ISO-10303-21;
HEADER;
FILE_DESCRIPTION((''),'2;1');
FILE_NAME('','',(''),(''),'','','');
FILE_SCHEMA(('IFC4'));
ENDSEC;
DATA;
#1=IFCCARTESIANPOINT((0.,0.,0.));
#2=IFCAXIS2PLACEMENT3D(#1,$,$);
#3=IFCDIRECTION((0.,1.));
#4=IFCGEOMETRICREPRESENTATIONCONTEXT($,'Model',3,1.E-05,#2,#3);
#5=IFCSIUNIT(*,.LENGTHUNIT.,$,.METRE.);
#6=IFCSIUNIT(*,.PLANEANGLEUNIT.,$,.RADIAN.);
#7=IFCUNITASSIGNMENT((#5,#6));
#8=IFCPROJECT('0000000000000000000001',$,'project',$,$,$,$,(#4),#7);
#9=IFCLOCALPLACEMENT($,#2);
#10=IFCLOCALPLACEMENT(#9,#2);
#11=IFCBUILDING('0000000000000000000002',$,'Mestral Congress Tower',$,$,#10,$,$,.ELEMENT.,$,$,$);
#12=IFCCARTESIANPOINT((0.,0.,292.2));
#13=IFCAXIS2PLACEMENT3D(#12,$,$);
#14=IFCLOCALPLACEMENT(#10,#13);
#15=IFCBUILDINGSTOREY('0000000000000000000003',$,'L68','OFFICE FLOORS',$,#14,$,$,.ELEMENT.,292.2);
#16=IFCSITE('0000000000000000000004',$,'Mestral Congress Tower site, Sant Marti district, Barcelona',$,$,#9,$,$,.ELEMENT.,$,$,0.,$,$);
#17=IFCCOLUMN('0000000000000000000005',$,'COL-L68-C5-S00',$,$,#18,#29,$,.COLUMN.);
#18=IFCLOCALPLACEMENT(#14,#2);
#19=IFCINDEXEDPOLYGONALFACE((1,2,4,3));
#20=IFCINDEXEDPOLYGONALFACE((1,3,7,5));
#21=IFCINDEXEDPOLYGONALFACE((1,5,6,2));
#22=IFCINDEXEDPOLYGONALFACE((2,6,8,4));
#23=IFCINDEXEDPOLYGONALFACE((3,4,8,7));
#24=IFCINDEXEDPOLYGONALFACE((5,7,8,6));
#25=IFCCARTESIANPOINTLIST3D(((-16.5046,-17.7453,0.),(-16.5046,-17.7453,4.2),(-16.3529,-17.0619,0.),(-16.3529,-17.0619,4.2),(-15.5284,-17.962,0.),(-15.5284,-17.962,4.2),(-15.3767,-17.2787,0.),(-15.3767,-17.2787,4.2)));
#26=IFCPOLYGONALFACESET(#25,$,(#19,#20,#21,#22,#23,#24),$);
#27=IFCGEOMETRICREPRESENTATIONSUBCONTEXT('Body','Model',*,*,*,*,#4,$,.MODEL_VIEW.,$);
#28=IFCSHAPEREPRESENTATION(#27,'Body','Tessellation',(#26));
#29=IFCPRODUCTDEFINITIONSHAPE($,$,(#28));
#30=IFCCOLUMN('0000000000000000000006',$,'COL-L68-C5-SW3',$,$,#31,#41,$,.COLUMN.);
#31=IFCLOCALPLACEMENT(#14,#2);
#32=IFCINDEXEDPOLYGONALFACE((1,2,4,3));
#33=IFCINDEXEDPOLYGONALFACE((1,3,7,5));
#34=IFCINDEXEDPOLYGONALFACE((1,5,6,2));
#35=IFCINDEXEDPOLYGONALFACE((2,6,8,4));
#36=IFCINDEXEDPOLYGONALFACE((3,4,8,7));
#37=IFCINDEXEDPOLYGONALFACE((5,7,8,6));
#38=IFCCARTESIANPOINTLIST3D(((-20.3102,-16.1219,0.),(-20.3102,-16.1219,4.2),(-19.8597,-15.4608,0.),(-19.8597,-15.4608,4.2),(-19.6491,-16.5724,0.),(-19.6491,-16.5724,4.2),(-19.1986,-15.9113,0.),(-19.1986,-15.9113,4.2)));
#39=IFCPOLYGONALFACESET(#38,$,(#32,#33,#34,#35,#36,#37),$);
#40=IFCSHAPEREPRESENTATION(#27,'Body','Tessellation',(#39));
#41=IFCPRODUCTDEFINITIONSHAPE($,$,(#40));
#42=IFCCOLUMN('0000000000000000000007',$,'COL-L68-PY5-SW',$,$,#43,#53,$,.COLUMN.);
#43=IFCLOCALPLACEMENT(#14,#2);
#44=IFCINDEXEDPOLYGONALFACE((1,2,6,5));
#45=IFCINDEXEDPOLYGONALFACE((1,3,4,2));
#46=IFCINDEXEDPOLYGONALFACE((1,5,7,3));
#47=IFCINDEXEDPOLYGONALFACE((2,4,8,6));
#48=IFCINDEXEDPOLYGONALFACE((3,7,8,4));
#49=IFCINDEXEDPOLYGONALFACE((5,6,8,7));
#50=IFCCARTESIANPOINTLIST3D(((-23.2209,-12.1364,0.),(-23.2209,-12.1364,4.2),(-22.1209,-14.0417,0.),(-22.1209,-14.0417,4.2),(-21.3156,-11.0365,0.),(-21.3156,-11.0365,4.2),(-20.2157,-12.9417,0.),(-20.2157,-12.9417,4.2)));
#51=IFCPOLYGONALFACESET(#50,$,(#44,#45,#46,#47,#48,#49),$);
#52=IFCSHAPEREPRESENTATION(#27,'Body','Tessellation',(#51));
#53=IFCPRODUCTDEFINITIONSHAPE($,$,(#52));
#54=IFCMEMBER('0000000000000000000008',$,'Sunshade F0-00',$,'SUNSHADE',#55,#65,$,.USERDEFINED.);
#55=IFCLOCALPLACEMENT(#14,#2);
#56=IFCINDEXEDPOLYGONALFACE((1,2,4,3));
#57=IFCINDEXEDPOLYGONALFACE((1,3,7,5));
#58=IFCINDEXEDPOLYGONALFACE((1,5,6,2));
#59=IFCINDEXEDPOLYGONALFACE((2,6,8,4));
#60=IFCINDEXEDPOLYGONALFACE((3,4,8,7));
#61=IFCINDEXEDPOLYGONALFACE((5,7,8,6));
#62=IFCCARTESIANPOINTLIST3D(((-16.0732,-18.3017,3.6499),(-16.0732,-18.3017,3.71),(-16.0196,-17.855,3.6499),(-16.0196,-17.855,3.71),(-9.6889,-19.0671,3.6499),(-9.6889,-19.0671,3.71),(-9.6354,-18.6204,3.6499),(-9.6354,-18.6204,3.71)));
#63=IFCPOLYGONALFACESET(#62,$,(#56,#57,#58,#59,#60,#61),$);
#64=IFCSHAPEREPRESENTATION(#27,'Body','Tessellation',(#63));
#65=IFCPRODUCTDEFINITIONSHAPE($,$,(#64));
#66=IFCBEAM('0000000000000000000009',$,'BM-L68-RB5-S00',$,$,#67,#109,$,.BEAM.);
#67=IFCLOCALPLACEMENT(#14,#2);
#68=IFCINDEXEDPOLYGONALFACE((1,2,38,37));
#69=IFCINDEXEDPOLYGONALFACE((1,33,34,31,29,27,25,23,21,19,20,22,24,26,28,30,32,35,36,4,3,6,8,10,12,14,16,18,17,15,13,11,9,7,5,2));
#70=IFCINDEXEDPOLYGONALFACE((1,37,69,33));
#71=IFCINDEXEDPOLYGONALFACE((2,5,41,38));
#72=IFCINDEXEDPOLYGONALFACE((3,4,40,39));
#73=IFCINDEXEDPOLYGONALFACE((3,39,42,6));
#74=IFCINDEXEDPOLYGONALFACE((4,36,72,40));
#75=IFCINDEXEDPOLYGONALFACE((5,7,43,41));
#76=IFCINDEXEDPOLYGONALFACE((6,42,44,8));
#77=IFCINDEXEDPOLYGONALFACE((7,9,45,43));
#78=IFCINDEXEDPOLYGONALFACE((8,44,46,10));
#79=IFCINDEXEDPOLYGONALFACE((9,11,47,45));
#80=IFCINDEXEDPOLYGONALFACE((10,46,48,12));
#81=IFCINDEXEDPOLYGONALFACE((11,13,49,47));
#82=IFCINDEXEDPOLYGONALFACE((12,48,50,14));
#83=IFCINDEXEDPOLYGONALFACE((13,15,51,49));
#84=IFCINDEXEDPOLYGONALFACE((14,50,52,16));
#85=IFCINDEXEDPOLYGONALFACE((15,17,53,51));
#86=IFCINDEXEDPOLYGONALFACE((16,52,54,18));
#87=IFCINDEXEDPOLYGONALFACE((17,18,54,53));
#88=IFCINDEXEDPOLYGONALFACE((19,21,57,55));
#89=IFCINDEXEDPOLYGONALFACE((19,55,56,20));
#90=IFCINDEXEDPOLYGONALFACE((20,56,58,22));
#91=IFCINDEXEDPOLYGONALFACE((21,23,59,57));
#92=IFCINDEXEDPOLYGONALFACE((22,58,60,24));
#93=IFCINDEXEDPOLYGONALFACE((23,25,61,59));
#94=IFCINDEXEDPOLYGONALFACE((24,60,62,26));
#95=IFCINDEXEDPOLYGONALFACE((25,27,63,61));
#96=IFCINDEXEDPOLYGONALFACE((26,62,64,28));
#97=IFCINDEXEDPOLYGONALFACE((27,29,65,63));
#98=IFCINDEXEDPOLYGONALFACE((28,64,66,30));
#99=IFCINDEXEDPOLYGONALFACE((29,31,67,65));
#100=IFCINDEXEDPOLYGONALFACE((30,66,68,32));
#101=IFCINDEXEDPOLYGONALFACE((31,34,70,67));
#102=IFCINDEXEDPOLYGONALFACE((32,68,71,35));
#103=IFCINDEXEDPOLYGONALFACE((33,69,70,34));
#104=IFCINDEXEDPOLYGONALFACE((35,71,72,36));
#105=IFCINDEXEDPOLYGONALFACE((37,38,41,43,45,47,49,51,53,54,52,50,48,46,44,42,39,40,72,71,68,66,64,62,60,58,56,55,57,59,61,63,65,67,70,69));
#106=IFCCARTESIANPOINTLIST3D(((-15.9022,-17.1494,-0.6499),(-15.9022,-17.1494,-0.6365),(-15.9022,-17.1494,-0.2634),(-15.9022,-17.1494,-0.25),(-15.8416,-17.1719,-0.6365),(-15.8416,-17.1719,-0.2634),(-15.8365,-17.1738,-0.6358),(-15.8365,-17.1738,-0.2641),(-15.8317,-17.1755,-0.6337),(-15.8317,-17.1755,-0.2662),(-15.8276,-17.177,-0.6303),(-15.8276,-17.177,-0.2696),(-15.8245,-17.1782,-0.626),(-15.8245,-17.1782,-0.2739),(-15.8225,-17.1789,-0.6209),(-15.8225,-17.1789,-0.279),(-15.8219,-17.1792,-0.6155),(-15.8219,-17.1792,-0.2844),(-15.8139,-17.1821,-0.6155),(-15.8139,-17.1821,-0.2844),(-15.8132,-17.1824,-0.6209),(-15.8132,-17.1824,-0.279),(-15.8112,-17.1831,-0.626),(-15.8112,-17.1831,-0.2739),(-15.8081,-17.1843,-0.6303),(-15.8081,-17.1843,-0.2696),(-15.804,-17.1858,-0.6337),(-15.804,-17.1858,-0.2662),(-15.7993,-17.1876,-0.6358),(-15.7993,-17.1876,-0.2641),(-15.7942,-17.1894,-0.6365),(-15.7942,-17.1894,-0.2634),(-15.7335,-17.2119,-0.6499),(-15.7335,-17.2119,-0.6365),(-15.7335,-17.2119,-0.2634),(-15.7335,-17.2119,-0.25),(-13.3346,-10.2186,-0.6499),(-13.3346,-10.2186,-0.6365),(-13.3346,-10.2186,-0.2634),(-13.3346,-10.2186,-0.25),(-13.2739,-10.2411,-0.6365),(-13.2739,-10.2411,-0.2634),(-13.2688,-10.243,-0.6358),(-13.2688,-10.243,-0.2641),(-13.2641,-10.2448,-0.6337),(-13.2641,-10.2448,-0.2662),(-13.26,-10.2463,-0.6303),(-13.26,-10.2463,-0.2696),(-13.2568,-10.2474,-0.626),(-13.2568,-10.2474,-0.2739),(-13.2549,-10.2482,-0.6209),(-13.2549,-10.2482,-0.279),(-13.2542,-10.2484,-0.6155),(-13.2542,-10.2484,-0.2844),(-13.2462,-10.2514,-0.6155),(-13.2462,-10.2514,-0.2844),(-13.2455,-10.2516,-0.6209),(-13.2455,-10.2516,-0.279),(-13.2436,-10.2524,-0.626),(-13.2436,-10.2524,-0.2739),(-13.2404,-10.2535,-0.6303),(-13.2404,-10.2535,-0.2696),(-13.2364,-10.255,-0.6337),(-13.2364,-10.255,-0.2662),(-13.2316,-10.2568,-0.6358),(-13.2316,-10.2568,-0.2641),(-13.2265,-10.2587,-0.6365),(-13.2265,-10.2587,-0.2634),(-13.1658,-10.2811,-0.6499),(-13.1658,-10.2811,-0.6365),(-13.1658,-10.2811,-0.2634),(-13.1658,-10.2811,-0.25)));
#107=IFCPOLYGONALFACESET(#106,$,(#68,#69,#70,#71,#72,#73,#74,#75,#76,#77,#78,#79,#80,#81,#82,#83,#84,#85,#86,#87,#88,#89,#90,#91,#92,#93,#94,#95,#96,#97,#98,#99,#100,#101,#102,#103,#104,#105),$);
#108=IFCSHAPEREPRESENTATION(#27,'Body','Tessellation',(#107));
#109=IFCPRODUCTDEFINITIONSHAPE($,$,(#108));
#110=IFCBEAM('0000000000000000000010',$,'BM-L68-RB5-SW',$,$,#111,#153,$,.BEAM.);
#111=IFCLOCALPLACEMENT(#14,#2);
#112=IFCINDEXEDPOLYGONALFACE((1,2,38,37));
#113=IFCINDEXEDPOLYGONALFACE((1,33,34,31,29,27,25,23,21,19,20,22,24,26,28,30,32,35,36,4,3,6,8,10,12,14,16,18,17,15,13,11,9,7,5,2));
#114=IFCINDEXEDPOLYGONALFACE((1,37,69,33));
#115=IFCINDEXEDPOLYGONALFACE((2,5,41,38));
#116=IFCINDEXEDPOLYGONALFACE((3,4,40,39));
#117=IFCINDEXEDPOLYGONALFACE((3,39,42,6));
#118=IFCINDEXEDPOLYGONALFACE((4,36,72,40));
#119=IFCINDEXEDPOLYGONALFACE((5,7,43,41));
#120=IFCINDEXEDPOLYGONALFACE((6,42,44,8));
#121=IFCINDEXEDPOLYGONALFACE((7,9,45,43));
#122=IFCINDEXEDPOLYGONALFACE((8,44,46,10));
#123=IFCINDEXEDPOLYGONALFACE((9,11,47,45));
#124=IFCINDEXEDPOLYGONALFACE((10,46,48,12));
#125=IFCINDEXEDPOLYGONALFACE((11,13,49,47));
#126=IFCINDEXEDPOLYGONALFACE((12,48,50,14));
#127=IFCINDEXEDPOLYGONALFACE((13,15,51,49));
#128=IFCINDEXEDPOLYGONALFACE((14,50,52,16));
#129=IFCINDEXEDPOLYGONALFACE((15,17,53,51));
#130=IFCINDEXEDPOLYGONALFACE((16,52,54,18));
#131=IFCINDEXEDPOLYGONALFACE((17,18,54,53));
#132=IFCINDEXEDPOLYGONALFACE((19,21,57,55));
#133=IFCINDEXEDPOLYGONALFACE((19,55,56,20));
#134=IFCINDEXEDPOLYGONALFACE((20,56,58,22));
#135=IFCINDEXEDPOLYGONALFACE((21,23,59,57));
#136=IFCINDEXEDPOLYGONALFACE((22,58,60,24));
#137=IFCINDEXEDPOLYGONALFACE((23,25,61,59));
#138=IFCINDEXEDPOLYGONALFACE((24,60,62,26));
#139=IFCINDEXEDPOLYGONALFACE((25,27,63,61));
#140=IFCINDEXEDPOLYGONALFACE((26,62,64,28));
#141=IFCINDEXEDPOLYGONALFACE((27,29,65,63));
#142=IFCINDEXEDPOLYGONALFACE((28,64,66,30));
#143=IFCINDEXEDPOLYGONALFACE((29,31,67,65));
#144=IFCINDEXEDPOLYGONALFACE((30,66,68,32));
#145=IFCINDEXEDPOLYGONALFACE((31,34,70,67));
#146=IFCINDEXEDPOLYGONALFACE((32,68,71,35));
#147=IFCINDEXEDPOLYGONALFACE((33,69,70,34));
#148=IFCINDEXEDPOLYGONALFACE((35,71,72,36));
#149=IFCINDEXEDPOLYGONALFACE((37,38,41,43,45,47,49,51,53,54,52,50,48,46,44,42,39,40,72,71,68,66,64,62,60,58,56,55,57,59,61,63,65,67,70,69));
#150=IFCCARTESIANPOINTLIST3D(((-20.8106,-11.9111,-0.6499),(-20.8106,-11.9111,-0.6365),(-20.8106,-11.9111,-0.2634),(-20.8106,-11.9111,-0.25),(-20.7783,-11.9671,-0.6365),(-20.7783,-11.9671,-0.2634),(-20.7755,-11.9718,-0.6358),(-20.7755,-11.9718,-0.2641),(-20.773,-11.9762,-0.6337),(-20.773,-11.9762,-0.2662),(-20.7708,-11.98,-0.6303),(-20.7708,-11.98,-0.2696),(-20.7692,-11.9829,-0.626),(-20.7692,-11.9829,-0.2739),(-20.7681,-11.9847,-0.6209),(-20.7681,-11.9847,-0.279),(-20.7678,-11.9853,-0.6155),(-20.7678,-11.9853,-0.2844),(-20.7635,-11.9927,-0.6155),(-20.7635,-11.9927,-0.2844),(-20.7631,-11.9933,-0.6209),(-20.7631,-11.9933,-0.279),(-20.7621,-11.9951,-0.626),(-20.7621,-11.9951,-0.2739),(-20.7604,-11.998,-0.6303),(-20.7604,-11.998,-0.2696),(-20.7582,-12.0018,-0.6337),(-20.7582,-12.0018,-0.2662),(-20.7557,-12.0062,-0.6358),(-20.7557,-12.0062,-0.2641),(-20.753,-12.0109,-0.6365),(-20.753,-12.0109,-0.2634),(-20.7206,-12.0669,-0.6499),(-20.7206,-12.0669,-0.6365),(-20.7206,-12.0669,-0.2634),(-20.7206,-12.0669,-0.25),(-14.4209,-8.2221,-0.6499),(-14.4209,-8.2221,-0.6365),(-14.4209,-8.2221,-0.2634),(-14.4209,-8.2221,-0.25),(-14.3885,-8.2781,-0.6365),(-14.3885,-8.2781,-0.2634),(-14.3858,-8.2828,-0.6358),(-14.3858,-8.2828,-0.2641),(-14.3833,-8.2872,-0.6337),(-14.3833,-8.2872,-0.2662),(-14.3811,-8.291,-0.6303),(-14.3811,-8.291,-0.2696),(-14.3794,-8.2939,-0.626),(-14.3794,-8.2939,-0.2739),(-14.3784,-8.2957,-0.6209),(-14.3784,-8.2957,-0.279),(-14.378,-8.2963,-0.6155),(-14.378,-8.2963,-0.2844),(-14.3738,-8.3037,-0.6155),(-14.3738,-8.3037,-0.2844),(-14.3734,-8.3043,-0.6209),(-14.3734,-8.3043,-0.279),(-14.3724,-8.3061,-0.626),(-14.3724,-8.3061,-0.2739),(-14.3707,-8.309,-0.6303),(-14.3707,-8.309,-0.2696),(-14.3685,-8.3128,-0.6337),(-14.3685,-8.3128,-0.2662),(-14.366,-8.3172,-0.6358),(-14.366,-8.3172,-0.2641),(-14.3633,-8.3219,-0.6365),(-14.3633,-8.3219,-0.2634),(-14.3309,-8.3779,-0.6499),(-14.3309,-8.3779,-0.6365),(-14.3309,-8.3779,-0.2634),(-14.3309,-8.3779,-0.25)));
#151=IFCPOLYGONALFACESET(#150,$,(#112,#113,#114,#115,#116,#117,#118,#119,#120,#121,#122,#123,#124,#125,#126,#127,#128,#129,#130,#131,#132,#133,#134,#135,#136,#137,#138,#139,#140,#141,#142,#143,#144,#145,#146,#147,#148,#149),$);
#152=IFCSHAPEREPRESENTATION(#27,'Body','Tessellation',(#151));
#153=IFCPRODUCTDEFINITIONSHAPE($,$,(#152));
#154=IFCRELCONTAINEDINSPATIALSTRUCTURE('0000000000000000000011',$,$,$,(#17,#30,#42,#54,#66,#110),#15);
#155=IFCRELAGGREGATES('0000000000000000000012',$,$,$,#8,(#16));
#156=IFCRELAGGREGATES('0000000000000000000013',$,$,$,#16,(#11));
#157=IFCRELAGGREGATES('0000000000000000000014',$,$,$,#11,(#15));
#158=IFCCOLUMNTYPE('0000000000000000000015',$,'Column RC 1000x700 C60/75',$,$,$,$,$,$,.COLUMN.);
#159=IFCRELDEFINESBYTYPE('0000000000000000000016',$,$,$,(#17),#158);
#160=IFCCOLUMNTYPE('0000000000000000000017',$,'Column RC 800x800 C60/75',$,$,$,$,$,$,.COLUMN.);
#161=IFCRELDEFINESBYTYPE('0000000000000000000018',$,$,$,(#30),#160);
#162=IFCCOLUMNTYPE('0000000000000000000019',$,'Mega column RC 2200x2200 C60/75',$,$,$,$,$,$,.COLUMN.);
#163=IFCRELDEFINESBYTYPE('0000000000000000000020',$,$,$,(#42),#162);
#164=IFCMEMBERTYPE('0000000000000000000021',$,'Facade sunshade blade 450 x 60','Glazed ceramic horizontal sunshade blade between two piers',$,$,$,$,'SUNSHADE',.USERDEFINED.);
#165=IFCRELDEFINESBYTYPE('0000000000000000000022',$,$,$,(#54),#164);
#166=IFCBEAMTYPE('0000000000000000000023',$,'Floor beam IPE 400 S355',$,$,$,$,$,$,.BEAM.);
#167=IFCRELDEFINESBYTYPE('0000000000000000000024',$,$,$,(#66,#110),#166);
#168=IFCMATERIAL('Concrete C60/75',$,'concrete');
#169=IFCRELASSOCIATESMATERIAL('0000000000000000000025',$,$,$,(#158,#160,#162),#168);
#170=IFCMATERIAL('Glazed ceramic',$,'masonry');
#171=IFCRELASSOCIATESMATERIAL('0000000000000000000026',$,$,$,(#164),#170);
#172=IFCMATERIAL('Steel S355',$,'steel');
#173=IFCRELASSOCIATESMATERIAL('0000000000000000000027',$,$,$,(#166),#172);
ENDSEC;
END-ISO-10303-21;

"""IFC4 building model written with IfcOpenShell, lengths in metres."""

from ifc_helpers import new_model, si_unit, direction, frame, origin, origin_2d, place, context, subcontext, project, spatial, rectangle, i_section, extrude, material, material_profile, profile_set, type_object, element, save


model = new_model("IFC4")

# Units and contexts
model_context = context("Model", 3, precision=1e-05, world=origin(), true_north=direction((0.0, 1.0)))
body_context = subcontext(model_context, "Body", "Model", "MODEL_VIEW")
ifc_project = project(units=[si_unit("LENGTHUNIT", "METRE"), si_unit("PLANEANGLEUNIT", "RADIAN")], contexts=[model_context])

# Site, building, storey
site_placement = place(None, origin())
site = spatial("IfcSite", under=ifc_project, at=site_placement, Name="Mestral Congress Tower site, Sant Marti district, Barcelona", CompositionType="ELEMENT", RefElevation=0.0)
building_placement = place(site_placement, origin())
building = spatial("IfcBuilding", under=site, at=building_placement, Name="Mestral Congress Tower", CompositionType="ELEMENT")
storey_placement = place(building_placement, frame((0.0, 0.0, 292.2)))
storey = spatial("IfcBuildingStorey", under=building, at=storey_placement, Name="L68", Description="OFFICE FLOORS", CompositionType="ELEMENT", Elevation=292.2)

# Columns
ifc_material_1 = material(Name="Concrete C60/75", Category="concrete")
ifc_material_profile_1 = material_profile(ifc_material_1, rectangle(XDim=1.0, YDim=0.7, at=origin_2d()), Name="RC 1000x700")
ifc_profile_set_1 = profile_set([ifc_material_profile_1], Name="Concrete C60/75")
column_type_1 = type_object("IfcColumnType", Name="Column RC 1000x700 C60/75", PredefinedType="COLUMN", material=ifc_profile_set_1)
column_1_placement = place(storey_placement, frame((-15.9407, -17.512, 0.0), z_axis=(0.0, 0.0, 1.0), x_axis=(0.976234, -0.216721, 0.0)))
element("IfcColumn", 1, at=column_1_placement, inside=storey, type_object=column_type_1, Name="COL-L68-C5-S00", PredefinedType="COLUMN", context=body_context, shape_type="SweptSolid", body=[
    extrude(rectangle(XDim=1.0, YDim=0.7, at=origin_2d()), origin(), (0.0, 0.0, 1.0), 4.2),
])
ifc_material_profile_2 = material_profile(ifc_material_1, rectangle(XDim=0.8, YDim=0.8, at=origin_2d()), Name="RC 800x800")
ifc_profile_set_2 = profile_set([ifc_material_profile_2], Name="Concrete C60/75")
column_type_2 = type_object("IfcColumnType", Name="Column RC 800x800 C60/75", PredefinedType="COLUMN", material=ifc_profile_set_2)
column_2_placement = place(storey_placement, frame((-19.7544, -16.0166, 0.0), z_axis=(0.0, 0.0, 1.0), x_axis=(0.826363, -0.563138, 0.0)))
element("IfcColumn", 2, at=column_2_placement, inside=storey, type_object=column_type_2, Name="COL-L68-C5-SW3", PredefinedType="COLUMN", context=body_context, shape_type="SweptSolid", body=[
    extrude(rectangle(XDim=0.8, YDim=0.8, at=origin_2d()), origin(), (0.0, 0.0, 1.0), 4.2),
])
ifc_material_profile_3 = material_profile(ifc_material_1, rectangle(XDim=2.2, YDim=2.2, at=origin_2d()), Name="RC 2200x2200")
ifc_profile_set_3 = profile_set([ifc_material_profile_3], Name="Concrete C60/75")
column_type_3 = type_object("IfcColumnType", Name="Mega column RC 2200x2200 C60/75", PredefinedType="COLUMN", material=ifc_profile_set_3)
column_3_placement = place(storey_placement, frame((-21.7183, -12.5391, 0.0), z_axis=(0.0, 0.0, 1.0), x_axis=(-0.866025, -0.5, 0.0)))
element("IfcColumn", 3, at=column_3_placement, inside=storey, type_object=column_type_3, Name="COL-L68-PY5-SW", PredefinedType="COLUMN", context=body_context, shape_type="SweptSolid", body=[
    extrude(rectangle(XDim=2.2, YDim=2.2, at=origin_2d()), origin(), (0.0, 0.0, 1.0), 4.2),
])

# Member
ifc_material_2 = material(Name="Glazed ceramic", Category="masonry")
ifc_material_profile_4 = material_profile(ifc_material_2, rectangle(XDim=0.45, YDim=0.0601, at=origin_2d()), Name="Ceramic blade 450 x 60")
ifc_profile_set_4 = profile_set([ifc_material_profile_4], Name="Glazed ceramic")
member_type = type_object("IfcMemberType", Name="Facade sunshade blade 450 x 60", Description="Glazed ceramic horizontal sunshade blade between two piers", ElementType="SUNSHADE", PredefinedType="USERDEFINED", material=ifc_profile_set_4)
member_placement = place(storey_placement, frame((-16.0464, -18.0784, 3.6799), z_axis=(0.99289, -0.119033, 0.0), x_axis=(0.119033, 0.99289, 0.0)))
element("IfcMember", 4, at=member_placement, inside=storey, type_object=member_type, Name="Sunshade F0-00", ObjectType="SUNSHADE", PredefinedType="USERDEFINED", context=body_context, shape_type="SweptSolid", body=[
    extrude(rectangle(XDim=0.45, YDim=0.0601, at=origin_2d()), origin(), (0.0, 0.0, 1.0), 6.4299),
])

# Beams
ifc_material_3 = material(Name="Steel S355", Category="steel")
ifc_material_profile_5 = material_profile(ifc_material_3, i_section(OverallWidth=0.1799, OverallDepth=0.3999, WebThickness=0.0085, FlangeThickness=0.0134, FilletRadius=0.021, at=origin_2d()), Name="IPE 400")
ifc_profile_set_5 = profile_set([ifc_material_profile_5], Name="Steel S355")
beam_type_1 = type_object("IfcBeamType", Name="Floor beam IPE 400 S355", PredefinedType="BEAM", material=ifc_profile_set_5)
beam_1_placement = place(storey_placement, frame((-15.8179, -17.1807, -0.45), z_axis=(0.347399, 0.937717, 0.0), x_axis=(-0.937717, 0.347399, 0.0)))
element("IfcBeam", 5, at=beam_1_placement, inside=storey, type_object=beam_type_1, Name="BM-L68-RB5-S00", PredefinedType="BEAM", context=body_context, shape_type="SweptSolid", body=[
    extrude(i_section(OverallWidth=0.1799, OverallDepth=0.3999, WebThickness=0.0085, FlangeThickness=0.0134, FilletRadius=0.021, at=origin_2d()), origin(), (0.0, 0.0, 1.0), 7.3911),
])
beam_2_placement = place(storey_placement, frame((-20.7656, -11.989, -0.45), z_axis=(0.866031, 0.49999, 0.0), x_axis=(-0.49999, 0.866031, 0.0)))
element("IfcBeam", 6, at=beam_2_placement, inside=storey, type_object=beam_type_1, Name="BM-L68-RB5-SW", PredefinedType="BEAM", context=body_context, shape_type="SweptSolid", body=[
    extrude(i_section(OverallWidth=0.1799, OverallDepth=0.3999, WebThickness=0.0085, FlangeThickness=0.0134, FilletRadius=0.021, at=origin_2d()), origin(), (0.0, 0.0, 1.0), 7.3782),
])

save(model, "model.ifc")
